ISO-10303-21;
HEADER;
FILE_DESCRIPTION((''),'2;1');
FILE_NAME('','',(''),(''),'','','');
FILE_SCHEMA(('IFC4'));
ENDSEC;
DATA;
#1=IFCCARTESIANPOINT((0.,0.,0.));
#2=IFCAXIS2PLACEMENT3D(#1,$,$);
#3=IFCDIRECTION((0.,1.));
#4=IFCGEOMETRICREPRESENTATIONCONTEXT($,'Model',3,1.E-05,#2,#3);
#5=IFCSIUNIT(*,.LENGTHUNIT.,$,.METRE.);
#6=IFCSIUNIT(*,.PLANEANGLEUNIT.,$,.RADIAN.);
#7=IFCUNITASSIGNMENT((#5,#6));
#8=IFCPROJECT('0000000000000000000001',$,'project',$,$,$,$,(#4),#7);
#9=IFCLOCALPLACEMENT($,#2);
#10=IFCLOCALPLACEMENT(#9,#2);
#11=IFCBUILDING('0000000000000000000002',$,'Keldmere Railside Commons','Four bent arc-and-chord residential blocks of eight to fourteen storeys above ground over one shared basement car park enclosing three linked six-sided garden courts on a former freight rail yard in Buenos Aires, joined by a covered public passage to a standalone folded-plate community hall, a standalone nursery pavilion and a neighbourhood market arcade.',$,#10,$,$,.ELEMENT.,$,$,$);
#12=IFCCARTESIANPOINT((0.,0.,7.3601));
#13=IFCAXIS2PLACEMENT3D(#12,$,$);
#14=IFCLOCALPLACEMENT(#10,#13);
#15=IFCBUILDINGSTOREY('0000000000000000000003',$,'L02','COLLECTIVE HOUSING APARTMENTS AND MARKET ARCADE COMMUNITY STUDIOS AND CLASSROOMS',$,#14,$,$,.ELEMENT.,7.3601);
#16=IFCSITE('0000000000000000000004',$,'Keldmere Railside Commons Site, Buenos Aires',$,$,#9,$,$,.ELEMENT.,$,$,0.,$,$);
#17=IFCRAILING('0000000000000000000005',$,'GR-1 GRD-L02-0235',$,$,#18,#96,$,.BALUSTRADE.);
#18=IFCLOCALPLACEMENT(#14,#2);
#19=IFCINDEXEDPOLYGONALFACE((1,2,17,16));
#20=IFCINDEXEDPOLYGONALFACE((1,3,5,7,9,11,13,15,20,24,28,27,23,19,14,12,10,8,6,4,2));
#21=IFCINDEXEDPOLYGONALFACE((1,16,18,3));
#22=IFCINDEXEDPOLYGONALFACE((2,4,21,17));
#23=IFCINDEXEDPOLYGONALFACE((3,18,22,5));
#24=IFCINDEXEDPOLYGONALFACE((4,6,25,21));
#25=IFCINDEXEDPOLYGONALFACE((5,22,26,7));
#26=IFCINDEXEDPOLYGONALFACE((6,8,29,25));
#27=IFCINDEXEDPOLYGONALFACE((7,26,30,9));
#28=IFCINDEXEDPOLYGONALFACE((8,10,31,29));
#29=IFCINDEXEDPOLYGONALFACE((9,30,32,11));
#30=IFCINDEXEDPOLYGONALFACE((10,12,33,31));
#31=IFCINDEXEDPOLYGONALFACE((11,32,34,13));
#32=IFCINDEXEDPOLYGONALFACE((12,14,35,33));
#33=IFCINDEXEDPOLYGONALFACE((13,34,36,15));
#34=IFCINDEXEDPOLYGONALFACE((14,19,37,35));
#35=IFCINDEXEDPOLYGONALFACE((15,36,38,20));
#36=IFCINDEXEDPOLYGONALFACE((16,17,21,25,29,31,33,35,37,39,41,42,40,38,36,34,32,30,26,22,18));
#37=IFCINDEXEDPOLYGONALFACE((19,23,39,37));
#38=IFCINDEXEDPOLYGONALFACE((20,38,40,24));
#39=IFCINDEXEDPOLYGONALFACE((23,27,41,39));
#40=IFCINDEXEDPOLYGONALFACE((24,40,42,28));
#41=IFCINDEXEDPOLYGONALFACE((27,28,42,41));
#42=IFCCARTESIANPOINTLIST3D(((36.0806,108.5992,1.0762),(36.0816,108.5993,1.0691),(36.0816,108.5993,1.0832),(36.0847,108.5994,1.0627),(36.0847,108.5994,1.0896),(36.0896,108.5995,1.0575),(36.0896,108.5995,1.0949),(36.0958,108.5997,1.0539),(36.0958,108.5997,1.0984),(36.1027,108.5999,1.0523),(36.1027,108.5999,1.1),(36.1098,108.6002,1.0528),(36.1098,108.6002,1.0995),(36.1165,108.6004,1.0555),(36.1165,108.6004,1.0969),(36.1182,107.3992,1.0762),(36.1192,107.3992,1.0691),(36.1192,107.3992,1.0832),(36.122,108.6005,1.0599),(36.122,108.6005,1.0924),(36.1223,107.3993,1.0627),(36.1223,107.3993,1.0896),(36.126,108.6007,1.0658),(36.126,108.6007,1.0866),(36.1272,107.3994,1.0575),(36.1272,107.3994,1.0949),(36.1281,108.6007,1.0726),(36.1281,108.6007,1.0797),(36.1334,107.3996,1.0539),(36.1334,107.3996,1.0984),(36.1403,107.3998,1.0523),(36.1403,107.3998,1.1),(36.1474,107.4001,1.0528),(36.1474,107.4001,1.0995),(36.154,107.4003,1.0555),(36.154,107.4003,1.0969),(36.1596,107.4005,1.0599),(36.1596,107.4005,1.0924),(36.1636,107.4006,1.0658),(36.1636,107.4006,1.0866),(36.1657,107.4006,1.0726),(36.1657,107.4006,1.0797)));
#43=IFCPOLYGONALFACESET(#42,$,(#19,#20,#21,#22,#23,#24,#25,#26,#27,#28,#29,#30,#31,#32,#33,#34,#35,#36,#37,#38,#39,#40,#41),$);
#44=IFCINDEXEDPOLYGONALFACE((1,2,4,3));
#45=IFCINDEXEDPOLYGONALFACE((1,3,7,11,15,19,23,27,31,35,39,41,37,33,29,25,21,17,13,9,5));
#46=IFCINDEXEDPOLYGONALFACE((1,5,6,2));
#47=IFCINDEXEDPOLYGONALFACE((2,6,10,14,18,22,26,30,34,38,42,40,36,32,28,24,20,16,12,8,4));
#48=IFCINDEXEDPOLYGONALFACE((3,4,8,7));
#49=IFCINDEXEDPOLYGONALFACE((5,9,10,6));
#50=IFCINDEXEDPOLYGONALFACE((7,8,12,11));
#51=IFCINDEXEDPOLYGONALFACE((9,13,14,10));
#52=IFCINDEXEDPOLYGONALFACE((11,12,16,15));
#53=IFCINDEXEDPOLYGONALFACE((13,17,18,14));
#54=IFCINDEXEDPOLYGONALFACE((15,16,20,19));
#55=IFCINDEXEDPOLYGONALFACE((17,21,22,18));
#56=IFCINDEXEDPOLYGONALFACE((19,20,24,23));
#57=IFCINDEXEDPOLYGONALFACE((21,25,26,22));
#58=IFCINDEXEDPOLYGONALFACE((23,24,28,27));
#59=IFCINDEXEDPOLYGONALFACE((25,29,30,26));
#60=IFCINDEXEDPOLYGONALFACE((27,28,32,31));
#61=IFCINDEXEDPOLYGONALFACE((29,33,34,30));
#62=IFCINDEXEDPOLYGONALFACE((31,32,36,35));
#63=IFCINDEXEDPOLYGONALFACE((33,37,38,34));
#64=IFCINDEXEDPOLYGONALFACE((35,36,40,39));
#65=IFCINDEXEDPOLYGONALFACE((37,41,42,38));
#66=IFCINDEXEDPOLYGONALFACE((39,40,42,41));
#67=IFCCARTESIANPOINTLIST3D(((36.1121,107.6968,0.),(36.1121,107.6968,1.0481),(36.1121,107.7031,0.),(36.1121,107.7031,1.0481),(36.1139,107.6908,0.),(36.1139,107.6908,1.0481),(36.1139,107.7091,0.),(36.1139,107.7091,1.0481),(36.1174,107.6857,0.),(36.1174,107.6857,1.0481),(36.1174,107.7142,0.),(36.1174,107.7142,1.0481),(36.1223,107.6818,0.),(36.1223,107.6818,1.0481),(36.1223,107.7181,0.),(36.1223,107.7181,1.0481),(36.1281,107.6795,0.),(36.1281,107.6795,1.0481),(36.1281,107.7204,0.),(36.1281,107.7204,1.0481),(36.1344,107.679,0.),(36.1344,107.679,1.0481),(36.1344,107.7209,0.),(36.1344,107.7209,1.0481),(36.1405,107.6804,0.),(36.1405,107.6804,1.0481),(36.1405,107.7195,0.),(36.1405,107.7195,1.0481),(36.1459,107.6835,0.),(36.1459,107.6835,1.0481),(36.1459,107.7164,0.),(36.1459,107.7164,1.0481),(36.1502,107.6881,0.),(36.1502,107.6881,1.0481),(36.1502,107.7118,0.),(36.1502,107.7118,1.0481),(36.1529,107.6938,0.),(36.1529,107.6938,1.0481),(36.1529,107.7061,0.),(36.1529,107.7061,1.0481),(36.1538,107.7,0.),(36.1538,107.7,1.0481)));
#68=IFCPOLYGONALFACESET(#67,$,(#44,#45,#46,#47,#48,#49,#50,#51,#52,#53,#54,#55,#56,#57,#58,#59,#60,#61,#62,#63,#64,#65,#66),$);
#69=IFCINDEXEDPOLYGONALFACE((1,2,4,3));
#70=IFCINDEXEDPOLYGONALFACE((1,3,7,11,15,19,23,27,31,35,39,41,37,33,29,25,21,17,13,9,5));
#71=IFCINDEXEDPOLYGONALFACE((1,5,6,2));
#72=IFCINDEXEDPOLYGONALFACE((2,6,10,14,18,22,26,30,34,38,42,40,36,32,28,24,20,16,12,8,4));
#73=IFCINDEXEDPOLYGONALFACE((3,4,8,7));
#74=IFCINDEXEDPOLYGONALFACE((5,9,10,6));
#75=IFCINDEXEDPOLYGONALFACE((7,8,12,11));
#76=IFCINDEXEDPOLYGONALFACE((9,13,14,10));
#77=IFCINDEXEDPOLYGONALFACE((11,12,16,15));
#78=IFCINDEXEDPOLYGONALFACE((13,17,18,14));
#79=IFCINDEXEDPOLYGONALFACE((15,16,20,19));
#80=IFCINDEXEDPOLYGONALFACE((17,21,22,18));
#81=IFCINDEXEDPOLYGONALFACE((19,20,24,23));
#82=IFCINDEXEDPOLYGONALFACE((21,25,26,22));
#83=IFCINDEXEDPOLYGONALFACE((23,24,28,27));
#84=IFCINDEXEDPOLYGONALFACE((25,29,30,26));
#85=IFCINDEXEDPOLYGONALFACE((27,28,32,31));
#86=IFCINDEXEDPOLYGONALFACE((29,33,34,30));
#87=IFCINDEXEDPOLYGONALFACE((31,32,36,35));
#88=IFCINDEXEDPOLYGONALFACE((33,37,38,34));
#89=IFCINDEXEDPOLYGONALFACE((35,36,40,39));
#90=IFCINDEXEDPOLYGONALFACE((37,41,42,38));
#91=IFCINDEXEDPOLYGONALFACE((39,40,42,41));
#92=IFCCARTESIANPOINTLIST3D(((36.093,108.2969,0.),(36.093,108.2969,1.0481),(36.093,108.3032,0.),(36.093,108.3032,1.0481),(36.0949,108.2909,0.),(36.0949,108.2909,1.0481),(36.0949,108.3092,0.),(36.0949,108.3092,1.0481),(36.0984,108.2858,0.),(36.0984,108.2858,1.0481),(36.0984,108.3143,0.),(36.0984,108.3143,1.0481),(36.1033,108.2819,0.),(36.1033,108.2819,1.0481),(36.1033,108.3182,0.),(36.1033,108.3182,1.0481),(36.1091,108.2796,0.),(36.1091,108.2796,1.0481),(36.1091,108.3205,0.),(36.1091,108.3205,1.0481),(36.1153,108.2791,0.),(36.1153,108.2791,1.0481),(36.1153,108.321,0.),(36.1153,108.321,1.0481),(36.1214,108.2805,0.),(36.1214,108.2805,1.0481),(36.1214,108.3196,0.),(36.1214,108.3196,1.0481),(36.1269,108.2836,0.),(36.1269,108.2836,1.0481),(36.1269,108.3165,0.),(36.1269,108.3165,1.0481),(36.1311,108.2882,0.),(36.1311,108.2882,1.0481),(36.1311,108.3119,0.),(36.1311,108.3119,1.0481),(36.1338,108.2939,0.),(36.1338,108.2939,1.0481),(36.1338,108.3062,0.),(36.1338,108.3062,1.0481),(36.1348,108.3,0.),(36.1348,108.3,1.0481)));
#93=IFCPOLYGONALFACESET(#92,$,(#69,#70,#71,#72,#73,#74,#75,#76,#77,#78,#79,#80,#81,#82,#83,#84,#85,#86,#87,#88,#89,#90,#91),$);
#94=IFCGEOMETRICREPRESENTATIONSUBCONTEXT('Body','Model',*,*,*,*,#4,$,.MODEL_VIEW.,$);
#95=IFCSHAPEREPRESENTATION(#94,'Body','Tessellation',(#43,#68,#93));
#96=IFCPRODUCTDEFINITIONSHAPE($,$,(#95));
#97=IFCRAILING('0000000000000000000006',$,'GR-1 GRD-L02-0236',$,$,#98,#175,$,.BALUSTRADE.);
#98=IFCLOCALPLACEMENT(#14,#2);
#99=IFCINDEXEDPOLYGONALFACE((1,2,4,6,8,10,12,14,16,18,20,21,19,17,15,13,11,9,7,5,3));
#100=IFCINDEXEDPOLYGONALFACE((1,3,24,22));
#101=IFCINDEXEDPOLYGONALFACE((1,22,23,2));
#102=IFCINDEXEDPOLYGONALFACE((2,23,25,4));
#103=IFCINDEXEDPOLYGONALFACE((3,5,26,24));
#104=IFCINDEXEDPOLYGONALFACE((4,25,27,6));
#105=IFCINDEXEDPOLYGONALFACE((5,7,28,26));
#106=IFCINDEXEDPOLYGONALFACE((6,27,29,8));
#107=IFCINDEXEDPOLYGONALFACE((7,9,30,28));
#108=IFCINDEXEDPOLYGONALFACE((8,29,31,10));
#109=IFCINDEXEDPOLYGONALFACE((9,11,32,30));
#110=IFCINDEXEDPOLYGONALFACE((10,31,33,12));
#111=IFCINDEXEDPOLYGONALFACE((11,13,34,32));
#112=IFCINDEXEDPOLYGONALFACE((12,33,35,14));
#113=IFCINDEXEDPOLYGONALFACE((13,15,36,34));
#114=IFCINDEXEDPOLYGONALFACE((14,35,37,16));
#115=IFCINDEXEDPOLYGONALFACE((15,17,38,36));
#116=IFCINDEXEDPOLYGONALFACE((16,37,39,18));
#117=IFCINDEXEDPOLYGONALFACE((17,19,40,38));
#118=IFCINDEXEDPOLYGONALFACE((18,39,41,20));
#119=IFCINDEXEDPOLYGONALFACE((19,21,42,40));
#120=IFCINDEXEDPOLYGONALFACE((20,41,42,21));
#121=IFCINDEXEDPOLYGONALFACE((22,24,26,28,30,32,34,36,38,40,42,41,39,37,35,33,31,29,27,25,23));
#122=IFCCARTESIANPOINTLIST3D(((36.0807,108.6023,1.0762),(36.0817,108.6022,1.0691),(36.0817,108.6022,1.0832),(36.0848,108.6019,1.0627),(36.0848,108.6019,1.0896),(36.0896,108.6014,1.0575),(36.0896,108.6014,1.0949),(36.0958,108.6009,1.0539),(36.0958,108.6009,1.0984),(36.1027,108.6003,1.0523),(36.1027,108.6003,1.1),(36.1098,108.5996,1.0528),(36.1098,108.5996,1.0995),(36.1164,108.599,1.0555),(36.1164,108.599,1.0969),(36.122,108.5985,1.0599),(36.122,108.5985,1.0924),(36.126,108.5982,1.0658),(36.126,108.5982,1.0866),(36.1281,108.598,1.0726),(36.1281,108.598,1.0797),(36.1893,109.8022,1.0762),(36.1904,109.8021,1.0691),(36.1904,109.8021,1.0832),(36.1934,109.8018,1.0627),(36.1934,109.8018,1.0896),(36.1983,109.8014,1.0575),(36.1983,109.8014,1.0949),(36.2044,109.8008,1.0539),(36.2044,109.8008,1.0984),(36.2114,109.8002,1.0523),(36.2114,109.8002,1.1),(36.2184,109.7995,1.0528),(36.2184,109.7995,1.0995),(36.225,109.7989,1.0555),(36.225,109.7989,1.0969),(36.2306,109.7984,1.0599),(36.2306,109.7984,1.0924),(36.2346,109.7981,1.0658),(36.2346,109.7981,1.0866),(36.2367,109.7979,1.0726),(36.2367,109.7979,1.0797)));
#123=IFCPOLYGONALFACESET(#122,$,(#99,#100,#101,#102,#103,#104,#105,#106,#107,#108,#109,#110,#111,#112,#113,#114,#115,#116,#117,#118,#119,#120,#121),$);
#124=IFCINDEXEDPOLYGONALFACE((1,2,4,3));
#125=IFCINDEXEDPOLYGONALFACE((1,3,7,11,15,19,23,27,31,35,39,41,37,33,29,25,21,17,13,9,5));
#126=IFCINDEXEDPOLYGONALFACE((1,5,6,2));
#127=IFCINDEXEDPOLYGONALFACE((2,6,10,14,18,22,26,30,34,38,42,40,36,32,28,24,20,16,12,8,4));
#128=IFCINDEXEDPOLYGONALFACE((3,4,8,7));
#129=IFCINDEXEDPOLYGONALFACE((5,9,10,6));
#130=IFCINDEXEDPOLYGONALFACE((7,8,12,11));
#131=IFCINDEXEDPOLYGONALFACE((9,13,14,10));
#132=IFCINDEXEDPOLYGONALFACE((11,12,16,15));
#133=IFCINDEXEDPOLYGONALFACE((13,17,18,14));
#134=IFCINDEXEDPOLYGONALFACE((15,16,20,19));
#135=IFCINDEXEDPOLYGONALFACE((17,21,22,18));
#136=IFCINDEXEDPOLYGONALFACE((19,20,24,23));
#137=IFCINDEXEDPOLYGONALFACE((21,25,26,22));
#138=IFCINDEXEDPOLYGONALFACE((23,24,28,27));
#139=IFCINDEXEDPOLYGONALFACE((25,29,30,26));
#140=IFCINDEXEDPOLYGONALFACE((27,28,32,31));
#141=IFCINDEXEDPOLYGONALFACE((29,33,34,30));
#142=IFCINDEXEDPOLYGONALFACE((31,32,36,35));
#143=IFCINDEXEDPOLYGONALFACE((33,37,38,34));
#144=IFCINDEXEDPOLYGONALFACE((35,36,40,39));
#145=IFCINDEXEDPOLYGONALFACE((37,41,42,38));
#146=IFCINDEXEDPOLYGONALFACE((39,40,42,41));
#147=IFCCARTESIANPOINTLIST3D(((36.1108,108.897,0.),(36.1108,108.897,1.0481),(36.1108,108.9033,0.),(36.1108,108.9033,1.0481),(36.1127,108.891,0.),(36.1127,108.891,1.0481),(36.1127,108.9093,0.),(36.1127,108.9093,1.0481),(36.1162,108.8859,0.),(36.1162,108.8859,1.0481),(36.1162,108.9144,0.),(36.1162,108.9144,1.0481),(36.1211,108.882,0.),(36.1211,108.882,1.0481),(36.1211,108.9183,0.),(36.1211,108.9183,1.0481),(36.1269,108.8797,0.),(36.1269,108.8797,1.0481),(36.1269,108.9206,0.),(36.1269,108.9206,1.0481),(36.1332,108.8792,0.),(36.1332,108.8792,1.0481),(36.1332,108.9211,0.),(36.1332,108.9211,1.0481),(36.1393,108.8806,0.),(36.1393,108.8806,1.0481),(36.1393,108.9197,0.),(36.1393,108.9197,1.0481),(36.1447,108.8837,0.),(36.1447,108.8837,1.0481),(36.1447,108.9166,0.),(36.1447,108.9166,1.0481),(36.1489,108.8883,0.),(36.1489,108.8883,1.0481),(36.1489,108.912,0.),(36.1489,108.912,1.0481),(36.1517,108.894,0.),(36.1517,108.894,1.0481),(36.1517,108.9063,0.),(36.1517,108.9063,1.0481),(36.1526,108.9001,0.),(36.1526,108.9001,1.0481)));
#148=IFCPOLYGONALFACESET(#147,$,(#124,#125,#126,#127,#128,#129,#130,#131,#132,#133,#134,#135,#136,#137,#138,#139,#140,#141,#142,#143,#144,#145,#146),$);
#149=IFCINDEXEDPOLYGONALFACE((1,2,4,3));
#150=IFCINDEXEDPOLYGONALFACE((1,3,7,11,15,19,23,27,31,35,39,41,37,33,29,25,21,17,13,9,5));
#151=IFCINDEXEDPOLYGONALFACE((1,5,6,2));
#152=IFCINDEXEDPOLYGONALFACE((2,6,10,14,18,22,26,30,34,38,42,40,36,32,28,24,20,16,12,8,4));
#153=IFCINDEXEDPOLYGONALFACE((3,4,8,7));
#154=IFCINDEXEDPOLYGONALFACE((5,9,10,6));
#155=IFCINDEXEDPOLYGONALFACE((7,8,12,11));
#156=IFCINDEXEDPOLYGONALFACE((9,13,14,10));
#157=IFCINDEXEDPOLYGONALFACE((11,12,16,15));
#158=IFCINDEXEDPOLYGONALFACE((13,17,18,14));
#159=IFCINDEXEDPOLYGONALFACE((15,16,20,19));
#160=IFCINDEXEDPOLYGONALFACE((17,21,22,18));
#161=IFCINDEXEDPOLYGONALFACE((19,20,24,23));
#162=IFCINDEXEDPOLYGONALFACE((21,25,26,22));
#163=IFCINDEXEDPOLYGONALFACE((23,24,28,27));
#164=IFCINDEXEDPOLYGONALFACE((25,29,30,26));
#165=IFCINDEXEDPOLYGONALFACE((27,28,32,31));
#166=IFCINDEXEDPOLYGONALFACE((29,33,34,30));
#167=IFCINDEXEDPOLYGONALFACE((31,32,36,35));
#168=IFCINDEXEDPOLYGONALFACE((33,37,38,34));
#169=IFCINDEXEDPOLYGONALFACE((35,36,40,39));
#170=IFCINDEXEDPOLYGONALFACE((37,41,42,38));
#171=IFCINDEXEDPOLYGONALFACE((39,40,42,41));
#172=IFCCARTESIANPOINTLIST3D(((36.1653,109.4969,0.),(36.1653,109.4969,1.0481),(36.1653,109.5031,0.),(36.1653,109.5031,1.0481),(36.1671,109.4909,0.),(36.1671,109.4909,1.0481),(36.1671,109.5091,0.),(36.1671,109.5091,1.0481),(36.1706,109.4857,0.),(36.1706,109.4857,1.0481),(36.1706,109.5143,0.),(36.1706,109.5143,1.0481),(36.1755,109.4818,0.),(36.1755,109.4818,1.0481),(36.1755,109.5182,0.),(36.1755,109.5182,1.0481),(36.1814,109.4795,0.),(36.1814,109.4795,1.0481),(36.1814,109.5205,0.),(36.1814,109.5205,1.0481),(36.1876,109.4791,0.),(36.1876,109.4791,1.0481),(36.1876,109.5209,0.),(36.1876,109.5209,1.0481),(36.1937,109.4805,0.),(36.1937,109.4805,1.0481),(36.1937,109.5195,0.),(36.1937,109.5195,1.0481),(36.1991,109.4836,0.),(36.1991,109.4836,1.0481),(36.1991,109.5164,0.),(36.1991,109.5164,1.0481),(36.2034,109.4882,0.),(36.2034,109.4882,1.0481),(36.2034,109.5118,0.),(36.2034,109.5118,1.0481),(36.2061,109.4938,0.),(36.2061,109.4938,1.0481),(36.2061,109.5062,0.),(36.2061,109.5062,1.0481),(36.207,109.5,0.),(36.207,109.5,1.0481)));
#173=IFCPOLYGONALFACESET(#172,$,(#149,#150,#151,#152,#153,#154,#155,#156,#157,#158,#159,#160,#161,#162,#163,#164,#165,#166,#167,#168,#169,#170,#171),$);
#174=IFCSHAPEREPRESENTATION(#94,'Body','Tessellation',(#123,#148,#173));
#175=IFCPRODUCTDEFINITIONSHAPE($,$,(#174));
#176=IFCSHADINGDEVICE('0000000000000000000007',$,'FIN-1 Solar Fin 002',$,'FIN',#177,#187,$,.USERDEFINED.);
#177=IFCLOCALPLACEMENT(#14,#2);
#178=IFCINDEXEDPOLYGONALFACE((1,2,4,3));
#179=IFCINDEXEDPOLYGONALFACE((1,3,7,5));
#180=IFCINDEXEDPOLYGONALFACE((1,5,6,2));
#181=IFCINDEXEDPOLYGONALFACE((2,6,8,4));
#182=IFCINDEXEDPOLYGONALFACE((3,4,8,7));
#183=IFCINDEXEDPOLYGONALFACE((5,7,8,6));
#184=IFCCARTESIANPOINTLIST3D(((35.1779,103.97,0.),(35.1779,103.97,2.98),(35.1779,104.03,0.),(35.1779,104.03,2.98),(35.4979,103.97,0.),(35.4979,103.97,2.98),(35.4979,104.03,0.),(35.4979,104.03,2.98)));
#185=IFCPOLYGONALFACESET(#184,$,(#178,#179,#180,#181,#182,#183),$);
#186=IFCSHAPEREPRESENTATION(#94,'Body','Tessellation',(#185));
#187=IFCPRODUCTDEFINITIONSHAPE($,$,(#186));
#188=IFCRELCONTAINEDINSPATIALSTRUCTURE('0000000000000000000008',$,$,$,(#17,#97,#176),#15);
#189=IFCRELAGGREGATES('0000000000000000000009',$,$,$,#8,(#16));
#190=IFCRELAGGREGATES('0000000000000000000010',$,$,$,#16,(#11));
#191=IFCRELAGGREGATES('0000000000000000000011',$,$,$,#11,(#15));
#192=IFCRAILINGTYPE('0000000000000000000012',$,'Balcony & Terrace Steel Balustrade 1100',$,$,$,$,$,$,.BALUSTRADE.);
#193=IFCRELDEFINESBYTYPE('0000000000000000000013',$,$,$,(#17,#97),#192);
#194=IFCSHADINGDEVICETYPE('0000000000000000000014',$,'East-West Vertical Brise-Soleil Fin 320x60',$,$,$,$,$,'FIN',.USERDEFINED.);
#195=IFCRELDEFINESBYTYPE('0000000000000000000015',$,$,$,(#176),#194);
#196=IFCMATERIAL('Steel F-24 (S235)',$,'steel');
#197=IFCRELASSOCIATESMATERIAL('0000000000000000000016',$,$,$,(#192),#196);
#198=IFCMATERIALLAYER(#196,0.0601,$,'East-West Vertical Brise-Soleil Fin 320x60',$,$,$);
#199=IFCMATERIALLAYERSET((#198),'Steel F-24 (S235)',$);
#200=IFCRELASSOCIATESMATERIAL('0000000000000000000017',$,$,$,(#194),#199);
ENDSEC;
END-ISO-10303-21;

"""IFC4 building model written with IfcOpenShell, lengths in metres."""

from ifc_helpers import new_model, si_unit, direction, frame, origin, origin_2d, place, context, subcontext, project, spatial, rectangle, circle, extrude, material, layer, layer_set, type_object, element, save


model = new_model("IFC4")

# Units and contexts
model_context = context("Model", 3, precision=1e-05, world=origin(), true_north=direction((0.0, 1.0)))
body_context = subcontext(model_context, "Body", "Model", "MODEL_VIEW")
ifc_project = project(units=[si_unit("LENGTHUNIT", "METRE"), si_unit("PLANEANGLEUNIT", "RADIAN")], contexts=[model_context])

# Site, building, storey
site_placement = place(None, origin())
site = spatial("IfcSite", under=ifc_project, at=site_placement, Name="Keldmere Railside Commons Site, Buenos Aires", CompositionType="ELEMENT", RefElevation=0.0)
building_placement = place(site_placement, origin())
building = spatial("IfcBuilding", under=site, at=building_placement, Name="Keldmere Railside Commons", Description="Four bent arc-and-chord residential blocks of eight to fourteen storeys above ground over one shared basement car park enclosing three linked six-sided garden courts on a former freight rail yard in Buenos Aires, joined by a covered public passage to a standalone folded-plate community hall, a standalone nursery pavilion and a neighbourhood market arcade.", CompositionType="ELEMENT")
storey_placement = place(building_placement, frame((0.0, 0.0, 7.3601)))
storey = spatial("IfcBuildingStorey", under=building, at=storey_placement, Name="L02", Description="COLLECTIVE HOUSING APARTMENTS AND MARKET ARCADE COMMUNITY STUDIOS AND CLASSROOMS", CompositionType="ELEMENT", Elevation=7.3601)

# Shared definitions
ifc_material_1 = material(Name="Steel F-24 (S235)", Category="steel")

# Railings
railing_type_1 = type_object("IfcRailingType", Name="Balcony & Terrace Steel Balustrade 1100", PredefinedType="BALUSTRADE", material=ifc_material_1)
railing_1_placement = place(storey_placement, frame((36.1421, 107.3999, 0.0)))
element("IfcRailing", 1, at=railing_1_placement, inside=storey, type_object=railing_type_1, Name="GR-1 GRD-L02-0235", PredefinedType="BALUSTRADE", context=body_context, shape_type="SweptSolid", body=[
    extrude(circle(Radius=0.0239, at=origin_2d()), frame((0.0, 0.0, 1.0762), z_axis=(-0.031311, 0.99951, 0.0), x_axis=(-0.99951, -0.031311, 0.0)), (0.0, 0.0, 1.0), 1.2007),
    extrude(circle(Radius=0.021, at=origin_2d()), frame((-0.0093, 0.3, 0.0)), (0.0, 0.0, 1.0), 1.0481),
    extrude(circle(Radius=0.021, at=origin_2d()), frame((-0.0283, 0.9001, 0.0)), (0.0, 0.0, 1.0), 1.0481),
])
railing_2_placement = place(storey_placement, frame((36.1045, 108.6001, 0.0)))
element("IfcRailing", 2, at=railing_2_placement, inside=storey, type_object=railing_type_1, Name="GR-1 GRD-L02-0236", PredefinedType="BALUSTRADE", context=body_context, shape_type="SweptSolid", body=[
    extrude(circle(Radius=0.0239, at=origin_2d()), frame((0.0, 0.0, 1.0762), z_axis=(0.09017, 0.995926, 0.0), x_axis=(-0.995926, 0.09017, 0.0)), (0.0, 0.0, 1.0), 1.2048),
    extrude(circle(Radius=0.021, at=origin_2d()), frame((0.0271, 0.3, 0.0)), (0.0, 0.0, 1.0), 1.0481),
    extrude(circle(Radius=0.021, at=origin_2d()), frame((0.0815, 0.8999, 0.0)), (0.0, 0.0, 1.0), 1.0481),
])

# Shading device
ifc_layer_1 = layer(ifc_material_1, 0.0601, Name="East-West Vertical Brise-Soleil Fin 320x60")
ifc_layer_set_1 = layer_set([ifc_layer_1], Name="Steel F-24 (S235)")
shading_device_type = type_object("IfcShadingDeviceType", Name="East-West Vertical Brise-Soleil Fin 320x60", ElementType="FIN", PredefinedType="USERDEFINED", material=ifc_layer_set_1)
shading_device_placement = place(storey_placement, frame((35.3379, 104.0, 0.0), z_axis=(0.0, 0.0, 1.0), x_axis=(1.0, 0.0, 0.0)))
element("IfcShadingDevice", 3, at=shading_device_placement, inside=storey, type_object=shading_device_type, Name="FIN-1 Solar Fin 002", ObjectType="FIN", PredefinedType="USERDEFINED", context=body_context, shape_type="SweptSolid", body=[
    extrude(rectangle(XDim=0.3201, YDim=0.0601, at=origin_2d()), origin(), (0.0, 0.0, 1.0), 2.98),
])

save(model, "model.ifc")
